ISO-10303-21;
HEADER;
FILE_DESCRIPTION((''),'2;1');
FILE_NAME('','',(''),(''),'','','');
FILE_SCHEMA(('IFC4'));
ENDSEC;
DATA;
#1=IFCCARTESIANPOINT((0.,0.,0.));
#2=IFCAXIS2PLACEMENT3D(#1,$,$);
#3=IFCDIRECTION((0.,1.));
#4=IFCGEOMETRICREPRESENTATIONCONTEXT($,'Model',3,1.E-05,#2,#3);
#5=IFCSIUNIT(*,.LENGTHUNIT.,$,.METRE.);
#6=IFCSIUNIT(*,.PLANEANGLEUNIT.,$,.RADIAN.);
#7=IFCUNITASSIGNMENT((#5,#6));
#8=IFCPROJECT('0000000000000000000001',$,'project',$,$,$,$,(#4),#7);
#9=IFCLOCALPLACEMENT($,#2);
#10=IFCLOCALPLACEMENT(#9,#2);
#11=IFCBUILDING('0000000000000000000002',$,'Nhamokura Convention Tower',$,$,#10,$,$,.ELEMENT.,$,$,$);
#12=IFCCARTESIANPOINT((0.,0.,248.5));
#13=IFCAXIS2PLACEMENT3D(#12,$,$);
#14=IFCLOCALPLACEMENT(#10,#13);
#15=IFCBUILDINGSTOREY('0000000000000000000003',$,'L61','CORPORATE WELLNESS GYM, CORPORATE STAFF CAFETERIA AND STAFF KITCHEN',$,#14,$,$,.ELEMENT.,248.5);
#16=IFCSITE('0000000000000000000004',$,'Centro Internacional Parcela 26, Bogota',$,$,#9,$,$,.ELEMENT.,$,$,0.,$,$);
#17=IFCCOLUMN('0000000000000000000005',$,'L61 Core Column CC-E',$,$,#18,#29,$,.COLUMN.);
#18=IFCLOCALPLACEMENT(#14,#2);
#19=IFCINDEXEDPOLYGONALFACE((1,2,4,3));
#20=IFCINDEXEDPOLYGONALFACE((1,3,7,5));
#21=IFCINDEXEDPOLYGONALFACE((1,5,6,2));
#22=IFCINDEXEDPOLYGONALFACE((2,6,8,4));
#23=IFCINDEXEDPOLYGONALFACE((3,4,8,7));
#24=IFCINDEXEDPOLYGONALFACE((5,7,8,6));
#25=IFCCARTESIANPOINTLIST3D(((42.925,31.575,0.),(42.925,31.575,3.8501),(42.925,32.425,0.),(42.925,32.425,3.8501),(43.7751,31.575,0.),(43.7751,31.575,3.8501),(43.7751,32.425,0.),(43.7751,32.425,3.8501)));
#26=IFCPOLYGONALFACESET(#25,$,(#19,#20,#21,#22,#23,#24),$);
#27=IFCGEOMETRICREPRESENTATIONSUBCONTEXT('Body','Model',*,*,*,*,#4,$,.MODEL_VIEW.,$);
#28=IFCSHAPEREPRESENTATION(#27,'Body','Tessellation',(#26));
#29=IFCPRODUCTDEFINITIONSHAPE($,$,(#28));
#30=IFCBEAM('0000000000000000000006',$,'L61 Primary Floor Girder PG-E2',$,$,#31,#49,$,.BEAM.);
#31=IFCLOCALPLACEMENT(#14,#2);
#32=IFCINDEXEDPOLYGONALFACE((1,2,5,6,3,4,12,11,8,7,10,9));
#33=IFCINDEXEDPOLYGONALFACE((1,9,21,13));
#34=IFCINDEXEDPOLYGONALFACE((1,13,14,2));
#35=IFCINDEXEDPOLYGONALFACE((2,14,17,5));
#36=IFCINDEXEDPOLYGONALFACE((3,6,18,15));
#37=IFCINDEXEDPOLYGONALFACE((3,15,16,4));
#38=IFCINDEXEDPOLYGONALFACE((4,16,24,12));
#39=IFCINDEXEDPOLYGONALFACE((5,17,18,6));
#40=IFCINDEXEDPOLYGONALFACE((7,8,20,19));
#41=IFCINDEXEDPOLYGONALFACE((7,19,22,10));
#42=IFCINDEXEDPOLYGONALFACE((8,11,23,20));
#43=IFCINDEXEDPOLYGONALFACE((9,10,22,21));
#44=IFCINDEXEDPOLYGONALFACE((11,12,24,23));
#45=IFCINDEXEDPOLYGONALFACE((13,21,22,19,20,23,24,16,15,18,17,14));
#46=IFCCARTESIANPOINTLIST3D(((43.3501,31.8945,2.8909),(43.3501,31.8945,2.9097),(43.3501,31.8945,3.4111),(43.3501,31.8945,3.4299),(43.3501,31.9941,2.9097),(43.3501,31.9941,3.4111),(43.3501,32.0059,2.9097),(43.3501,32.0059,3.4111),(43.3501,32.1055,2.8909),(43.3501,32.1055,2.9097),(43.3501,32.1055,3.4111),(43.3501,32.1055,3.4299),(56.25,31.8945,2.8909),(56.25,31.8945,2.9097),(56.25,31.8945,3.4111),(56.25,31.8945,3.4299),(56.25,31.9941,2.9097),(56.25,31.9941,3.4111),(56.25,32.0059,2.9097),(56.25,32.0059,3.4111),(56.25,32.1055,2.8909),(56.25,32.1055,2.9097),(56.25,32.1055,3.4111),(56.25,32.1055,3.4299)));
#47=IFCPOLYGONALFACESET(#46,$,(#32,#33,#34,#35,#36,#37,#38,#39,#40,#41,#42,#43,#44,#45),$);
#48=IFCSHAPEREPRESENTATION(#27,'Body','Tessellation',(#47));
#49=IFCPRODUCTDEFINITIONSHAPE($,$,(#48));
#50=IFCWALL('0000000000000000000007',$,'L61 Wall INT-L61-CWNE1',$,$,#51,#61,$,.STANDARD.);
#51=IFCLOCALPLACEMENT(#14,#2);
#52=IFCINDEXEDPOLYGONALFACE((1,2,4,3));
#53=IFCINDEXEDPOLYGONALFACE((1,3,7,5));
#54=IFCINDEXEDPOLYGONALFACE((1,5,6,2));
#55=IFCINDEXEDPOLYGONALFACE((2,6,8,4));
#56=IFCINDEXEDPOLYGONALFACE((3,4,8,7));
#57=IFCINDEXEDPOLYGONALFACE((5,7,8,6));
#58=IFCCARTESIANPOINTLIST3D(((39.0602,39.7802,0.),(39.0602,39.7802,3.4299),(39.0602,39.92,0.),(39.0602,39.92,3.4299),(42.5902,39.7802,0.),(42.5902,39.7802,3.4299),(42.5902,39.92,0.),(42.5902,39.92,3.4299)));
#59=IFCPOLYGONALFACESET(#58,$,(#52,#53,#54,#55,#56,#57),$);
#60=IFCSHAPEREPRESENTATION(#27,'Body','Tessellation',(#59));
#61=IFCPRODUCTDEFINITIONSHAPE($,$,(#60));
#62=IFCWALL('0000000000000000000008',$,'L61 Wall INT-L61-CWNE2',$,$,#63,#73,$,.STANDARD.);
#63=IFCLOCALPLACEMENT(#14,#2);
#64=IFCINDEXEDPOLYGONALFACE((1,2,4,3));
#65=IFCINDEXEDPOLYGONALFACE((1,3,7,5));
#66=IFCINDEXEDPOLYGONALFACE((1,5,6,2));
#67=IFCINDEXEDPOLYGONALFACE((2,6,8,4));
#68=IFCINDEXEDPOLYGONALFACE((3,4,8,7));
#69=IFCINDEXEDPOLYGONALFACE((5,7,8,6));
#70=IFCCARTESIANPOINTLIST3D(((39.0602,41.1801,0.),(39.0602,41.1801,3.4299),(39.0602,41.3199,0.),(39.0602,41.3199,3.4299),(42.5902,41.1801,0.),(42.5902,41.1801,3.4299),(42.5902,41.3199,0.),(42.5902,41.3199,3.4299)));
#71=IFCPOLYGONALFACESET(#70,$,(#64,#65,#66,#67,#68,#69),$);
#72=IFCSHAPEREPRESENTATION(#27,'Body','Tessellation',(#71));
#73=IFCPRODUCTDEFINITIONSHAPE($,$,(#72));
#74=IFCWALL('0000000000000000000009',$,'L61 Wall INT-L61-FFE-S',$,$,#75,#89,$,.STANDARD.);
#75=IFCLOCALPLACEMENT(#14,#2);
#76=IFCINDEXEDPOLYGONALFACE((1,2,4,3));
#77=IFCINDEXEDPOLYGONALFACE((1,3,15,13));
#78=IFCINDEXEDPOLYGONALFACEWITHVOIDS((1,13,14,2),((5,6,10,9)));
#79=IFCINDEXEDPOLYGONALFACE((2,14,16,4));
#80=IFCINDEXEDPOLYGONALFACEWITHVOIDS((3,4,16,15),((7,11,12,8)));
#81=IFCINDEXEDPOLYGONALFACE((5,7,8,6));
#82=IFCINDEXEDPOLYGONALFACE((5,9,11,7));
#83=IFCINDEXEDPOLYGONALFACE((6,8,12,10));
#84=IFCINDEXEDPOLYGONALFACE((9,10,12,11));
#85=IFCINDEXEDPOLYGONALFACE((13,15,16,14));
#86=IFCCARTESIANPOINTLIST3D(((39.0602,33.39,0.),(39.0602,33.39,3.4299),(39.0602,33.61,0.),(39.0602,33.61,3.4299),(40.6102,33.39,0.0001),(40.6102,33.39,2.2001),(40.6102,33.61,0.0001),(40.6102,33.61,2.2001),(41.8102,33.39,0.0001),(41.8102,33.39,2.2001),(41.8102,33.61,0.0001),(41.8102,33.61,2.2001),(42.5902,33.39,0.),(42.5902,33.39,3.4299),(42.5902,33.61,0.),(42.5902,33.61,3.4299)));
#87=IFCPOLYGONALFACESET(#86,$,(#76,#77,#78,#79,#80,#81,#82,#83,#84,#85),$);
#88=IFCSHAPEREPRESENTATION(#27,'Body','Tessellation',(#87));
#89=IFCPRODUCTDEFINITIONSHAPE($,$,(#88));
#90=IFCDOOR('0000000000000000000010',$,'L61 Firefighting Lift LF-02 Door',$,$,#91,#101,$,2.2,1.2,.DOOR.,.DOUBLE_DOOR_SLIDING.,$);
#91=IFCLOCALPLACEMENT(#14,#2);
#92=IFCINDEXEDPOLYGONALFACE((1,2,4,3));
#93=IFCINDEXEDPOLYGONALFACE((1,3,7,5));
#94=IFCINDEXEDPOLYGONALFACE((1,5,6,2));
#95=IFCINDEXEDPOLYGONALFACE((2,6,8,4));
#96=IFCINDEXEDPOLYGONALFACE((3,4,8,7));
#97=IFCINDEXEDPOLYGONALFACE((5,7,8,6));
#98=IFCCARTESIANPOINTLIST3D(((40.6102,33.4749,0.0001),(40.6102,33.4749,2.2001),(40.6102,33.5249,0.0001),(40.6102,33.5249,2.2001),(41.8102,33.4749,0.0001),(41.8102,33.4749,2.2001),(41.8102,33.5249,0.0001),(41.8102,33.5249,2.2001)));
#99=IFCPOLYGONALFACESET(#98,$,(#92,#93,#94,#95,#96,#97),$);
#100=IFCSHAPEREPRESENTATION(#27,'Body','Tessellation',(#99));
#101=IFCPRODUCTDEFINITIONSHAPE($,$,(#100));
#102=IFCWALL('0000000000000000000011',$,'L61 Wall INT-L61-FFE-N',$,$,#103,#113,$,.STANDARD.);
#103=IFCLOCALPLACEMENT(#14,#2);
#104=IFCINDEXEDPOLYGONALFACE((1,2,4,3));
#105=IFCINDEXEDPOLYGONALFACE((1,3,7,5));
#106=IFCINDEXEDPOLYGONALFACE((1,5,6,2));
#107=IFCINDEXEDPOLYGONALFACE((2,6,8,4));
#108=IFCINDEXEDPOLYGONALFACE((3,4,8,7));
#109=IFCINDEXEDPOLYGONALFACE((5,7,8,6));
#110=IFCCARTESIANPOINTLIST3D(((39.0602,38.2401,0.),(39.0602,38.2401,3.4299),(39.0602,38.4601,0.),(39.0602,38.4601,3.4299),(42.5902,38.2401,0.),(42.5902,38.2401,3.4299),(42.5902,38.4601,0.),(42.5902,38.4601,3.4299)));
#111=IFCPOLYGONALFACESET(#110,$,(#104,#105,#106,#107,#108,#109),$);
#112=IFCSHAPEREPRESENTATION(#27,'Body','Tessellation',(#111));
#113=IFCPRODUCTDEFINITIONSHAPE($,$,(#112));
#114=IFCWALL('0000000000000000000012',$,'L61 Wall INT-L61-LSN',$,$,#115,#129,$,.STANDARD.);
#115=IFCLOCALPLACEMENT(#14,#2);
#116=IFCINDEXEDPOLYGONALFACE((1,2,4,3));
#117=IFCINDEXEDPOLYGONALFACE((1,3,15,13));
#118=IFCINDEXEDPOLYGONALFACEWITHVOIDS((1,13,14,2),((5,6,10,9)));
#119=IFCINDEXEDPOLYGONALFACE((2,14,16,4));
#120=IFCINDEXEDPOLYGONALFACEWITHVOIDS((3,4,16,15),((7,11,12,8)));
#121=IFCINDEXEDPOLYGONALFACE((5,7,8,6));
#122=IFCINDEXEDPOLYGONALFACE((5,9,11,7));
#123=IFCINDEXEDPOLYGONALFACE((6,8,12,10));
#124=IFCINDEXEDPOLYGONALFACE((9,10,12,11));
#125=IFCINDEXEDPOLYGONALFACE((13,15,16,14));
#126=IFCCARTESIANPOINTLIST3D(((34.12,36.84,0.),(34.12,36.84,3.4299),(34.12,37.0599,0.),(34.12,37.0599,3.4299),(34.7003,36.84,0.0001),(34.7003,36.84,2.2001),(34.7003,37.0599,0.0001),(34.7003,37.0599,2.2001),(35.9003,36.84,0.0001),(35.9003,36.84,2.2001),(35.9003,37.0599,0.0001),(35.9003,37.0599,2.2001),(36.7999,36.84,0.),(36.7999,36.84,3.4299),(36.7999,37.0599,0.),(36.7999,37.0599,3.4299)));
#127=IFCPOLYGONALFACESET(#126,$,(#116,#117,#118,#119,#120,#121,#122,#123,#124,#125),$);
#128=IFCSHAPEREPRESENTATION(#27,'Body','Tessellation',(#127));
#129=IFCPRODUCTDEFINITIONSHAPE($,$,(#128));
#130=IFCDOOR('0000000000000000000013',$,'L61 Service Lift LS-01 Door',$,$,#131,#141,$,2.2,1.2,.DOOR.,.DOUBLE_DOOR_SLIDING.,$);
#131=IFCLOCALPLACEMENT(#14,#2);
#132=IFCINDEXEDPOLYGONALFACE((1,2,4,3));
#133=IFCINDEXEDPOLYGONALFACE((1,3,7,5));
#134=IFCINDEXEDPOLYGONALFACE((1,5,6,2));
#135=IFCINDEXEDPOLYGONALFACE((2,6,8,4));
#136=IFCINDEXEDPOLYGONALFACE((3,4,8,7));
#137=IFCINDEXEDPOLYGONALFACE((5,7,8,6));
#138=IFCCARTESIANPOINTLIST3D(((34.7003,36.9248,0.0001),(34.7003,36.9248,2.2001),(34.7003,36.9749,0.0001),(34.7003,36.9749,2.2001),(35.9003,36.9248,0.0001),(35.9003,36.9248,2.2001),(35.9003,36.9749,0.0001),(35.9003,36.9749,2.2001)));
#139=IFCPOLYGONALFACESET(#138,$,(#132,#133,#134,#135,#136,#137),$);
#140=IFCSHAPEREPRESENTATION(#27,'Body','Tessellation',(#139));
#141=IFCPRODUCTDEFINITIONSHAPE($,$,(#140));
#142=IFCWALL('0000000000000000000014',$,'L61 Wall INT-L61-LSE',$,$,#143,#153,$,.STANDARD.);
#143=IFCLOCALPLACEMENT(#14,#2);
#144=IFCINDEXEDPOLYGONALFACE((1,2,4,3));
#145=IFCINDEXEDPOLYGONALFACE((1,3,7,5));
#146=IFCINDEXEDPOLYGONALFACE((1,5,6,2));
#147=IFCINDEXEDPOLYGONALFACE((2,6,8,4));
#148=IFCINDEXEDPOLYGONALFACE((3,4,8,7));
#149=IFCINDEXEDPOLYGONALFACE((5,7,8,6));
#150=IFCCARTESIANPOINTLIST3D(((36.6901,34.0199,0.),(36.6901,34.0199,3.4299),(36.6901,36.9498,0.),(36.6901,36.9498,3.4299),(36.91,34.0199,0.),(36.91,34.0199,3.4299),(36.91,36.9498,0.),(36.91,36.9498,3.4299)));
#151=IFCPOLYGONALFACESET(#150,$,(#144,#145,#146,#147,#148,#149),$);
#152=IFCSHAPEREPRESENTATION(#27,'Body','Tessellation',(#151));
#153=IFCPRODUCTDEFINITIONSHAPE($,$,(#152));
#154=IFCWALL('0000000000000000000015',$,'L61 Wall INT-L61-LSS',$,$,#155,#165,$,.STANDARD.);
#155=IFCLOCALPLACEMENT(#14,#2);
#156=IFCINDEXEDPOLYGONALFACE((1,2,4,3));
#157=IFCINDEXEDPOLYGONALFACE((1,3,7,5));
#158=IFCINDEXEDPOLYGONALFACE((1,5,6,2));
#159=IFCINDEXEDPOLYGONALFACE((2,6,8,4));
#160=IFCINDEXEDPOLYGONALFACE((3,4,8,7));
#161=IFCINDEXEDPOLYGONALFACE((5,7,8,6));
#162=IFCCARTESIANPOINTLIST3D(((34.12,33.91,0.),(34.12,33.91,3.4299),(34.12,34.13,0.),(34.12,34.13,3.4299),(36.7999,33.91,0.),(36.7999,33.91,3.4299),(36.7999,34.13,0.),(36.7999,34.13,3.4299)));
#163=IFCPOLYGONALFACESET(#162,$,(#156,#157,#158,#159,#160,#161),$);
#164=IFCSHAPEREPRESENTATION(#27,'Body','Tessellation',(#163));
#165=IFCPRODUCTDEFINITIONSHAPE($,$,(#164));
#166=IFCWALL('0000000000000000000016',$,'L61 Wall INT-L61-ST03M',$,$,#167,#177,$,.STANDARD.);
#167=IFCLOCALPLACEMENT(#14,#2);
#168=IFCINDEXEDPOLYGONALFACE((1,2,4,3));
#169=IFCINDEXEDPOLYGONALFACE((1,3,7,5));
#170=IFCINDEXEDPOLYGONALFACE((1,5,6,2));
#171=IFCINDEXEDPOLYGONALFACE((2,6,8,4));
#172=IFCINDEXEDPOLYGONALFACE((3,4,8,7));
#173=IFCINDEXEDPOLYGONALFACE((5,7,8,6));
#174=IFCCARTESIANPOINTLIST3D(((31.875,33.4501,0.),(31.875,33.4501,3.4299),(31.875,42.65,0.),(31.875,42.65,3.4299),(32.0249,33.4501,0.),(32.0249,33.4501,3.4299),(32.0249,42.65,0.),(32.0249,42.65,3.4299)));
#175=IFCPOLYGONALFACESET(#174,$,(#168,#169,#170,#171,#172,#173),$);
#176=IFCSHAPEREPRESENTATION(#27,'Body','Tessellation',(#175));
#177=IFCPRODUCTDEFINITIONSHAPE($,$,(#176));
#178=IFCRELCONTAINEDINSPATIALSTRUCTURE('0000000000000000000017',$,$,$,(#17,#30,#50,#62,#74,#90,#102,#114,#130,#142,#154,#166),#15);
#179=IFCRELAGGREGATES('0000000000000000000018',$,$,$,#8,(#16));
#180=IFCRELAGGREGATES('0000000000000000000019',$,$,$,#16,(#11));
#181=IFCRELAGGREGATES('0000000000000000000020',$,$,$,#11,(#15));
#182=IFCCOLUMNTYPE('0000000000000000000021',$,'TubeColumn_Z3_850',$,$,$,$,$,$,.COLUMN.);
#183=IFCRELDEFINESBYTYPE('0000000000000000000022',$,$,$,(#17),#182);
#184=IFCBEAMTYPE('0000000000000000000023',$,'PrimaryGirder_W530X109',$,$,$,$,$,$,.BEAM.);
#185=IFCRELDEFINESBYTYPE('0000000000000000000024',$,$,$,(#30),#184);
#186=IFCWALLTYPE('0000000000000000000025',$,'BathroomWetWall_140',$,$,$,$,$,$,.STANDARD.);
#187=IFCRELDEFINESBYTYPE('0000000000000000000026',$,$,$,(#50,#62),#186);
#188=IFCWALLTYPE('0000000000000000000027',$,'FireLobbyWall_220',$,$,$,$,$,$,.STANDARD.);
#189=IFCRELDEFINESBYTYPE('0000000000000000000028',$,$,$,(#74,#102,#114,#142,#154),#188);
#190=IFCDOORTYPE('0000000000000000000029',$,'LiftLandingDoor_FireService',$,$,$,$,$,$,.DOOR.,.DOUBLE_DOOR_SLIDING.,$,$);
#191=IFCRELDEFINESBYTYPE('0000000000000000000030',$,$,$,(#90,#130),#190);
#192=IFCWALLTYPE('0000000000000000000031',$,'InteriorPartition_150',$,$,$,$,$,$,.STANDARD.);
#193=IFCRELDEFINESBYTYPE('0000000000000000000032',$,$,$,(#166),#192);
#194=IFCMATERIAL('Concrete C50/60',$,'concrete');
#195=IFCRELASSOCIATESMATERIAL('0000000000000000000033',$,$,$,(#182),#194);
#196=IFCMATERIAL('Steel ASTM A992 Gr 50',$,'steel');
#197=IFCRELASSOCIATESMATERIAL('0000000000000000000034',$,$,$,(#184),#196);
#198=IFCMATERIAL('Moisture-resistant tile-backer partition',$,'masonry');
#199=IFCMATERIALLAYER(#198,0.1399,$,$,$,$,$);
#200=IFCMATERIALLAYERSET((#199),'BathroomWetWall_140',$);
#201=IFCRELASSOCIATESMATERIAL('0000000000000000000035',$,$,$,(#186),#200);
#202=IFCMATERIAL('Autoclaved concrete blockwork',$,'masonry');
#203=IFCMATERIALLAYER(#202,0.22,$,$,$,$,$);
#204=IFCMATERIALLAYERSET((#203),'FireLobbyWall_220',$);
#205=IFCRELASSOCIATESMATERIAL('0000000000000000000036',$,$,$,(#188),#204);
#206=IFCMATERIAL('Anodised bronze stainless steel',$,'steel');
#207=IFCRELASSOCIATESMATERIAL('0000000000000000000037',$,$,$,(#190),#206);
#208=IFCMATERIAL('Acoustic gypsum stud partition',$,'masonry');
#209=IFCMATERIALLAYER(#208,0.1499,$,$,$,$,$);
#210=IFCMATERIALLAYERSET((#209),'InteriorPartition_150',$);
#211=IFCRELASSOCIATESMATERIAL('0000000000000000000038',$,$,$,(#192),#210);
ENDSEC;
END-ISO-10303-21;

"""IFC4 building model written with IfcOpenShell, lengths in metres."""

from ifc_helpers import new_model, si_unit, direction, frame, frame_2d, origin, origin_2d, place, context, subcontext, project, spatial, rectangle, i_section, extrude, material, layer, layer_set, material_profile, profile_set, type_object, element, fill, save


model = new_model("IFC4")

# Units and contexts
model_context = context("Model", 3, precision=1e-05, world=origin(), true_north=direction((0.0, 1.0)))
body_context = subcontext(model_context, "Body", "Model", "MODEL_VIEW")
ifc_project = project(units=[si_unit("LENGTHUNIT", "METRE"), si_unit("PLANEANGLEUNIT", "RADIAN")], contexts=[model_context])

# Site, building, storey
site_placement = place(None, origin())
site = spatial("IfcSite", under=ifc_project, at=site_placement, Name="Centro Internacional Parcela 26, Bogota", CompositionType="ELEMENT", RefElevation=0.0)
building_placement = place(site_placement, origin())
building = spatial("IfcBuilding", under=site, at=building_placement, Name="Nhamokura Convention Tower", CompositionType="ELEMENT")
storey_placement = place(building_placement, frame((0.0, 0.0, 248.5)))
storey = spatial("IfcBuildingStorey", under=building, at=storey_placement, Name="L61", Description="CORPORATE WELLNESS GYM, CORPORATE STAFF CAFETERIA AND STAFF KITCHEN", CompositionType="ELEMENT", Elevation=248.5)

# Column
ifc_material_1 = material(Name="Concrete C50/60", Category="concrete")
ifc_material_profile_1 = material_profile(ifc_material_1, rectangle(XDim=0.8501, YDim=0.8501, at=origin_2d()))
ifc_profile_set_1 = profile_set([ifc_material_profile_1], Name="Concrete C50/60")
column_type = type_object("IfcColumnType", Name="TubeColumn_Z3_850", PredefinedType="COLUMN", material=ifc_profile_set_1)
column_placement = place(storey_placement, frame((43.3501, 32.0, 0.0), z_axis=(0.0, 0.0, 1.0), x_axis=(1.0, 0.0, 0.0)))
element("IfcColumn", 1, at=column_placement, inside=storey, type_object=column_type, Name="L61 Core Column CC-E", PredefinedType="COLUMN", context=body_context, shape_type="SweptSolid", body=[
    extrude(rectangle(XDim=0.8501, YDim=0.8501, at=origin_2d()), origin(), (0.0, 0.0, 1.0), 3.8501),
])

# Beam
ifc_material_2 = material(Name="Steel ASTM A992 Gr 50", Category="steel")
ifc_material_profile_2 = material_profile(ifc_material_2, i_section(OverallWidth=0.2109, OverallDepth=0.5391, WebThickness=0.0117, FlangeThickness=0.0188, at=origin_2d()))
ifc_profile_set_2 = profile_set([ifc_material_profile_2], Name="Steel ASTM A992 Gr 50")
beam_type = type_object("IfcBeamType", Name="PrimaryGirder_W530X109", PredefinedType="BEAM", material=ifc_profile_set_2)
beam_placement = place(storey_placement, frame((43.3501, 32.0, 3.1604), z_axis=(1.0, 0.0, 0.0), x_axis=(0.0, 1.0, 0.0)))
element("IfcBeam", 2, at=beam_placement, inside=storey, type_object=beam_type, Name="L61 Primary Floor Girder PG-E2", PredefinedType="BEAM", context=body_context, shape_type="SweptSolid", body=[
    extrude(i_section(OverallWidth=0.2109, OverallDepth=0.5391, WebThickness=0.0117, FlangeThickness=0.0188, at=origin_2d()), origin(), (0.0, 0.0, 1.0), 12.8999),
])

# Walls
ifc_material_3 = material(Name="Moisture-resistant tile-backer partition", Category="masonry")
ifc_layer_1 = layer(ifc_material_3, 0.1399)
ifc_layer_set_1 = layer_set([ifc_layer_1], Name="BathroomWetWall_140")
wall_type_1 = type_object("IfcWallType", Name="BathroomWetWall_140", PredefinedType="STANDARD", material=ifc_layer_set_1)
for number, where, z_axis, x_axis, name in (
    (3, (39.0601, 39.8501, 0.0), (0.0, 0.0, 1.0), (1.0, 0.0, 0.0), "L61 Wall INT-L61-CWNE1"),
    (4, (39.0601, 41.25, 0.0), (0.0, 0.0, 1.0), (1.0, 0.0, 0.0), "L61 Wall INT-L61-CWNE2"),
):
    element("IfcWall", number, at=place(storey_placement, frame(where, z_axis=z_axis, x_axis=x_axis)), inside=storey, type_object=wall_type_1, Name=name, PredefinedType="STANDARD", context=body_context, shape_type="SweptSolid", body=[
        extrude(rectangle(XDim=3.53, YDim=0.1399, at=frame_2d((1.7651, 0.0))), origin(), (0.0, 0.0, 1.0), 3.4299),
    ])

# Wall, opening, door
ifc_material_4 = material(Name="Autoclaved concrete blockwork", Category="masonry")
ifc_layer_2 = layer(ifc_material_4, 0.22)
ifc_layer_set_2 = layer_set([ifc_layer_2], Name="FireLobbyWall_220")
wall_type_2 = type_object("IfcWallType", Name="FireLobbyWall_220", PredefinedType="STANDARD", material=ifc_layer_set_2)
wall_1_placement = place(storey_placement, frame((39.0601, 33.5, 0.0), z_axis=(0.0, 0.0, 1.0), x_axis=(1.0, 0.0, 0.0)))
wall_1 = element("IfcWall", 5, at=wall_1_placement, inside=storey, type_object=wall_type_2, Name="L61 Wall INT-L61-FFE-S", PredefinedType="STANDARD", context=body_context, shape_type="SweptSolid", body=[
    extrude(rectangle(XDim=3.53, YDim=0.22, at=frame_2d((1.7651, 0.0))), origin(), (0.0, 0.0, 1.0), 3.4299),
])
opening_1_placement = place(wall_1_placement, frame((1.55, 0.0, 0.0)))
opening_1 = element("IfcOpeningElement", 6, at=opening_1_placement, cuts=wall_1, PredefinedType="OPENING", context=body_context, shape_type="SweptSolid", body=[
    extrude(rectangle(XDim=1.2, YDim=2.2, at=frame_2d((0.6001, 1.1001))), frame((0.0, 0.1199, 0.0), z_axis=(0.0, -1.0, 0.0), x_axis=(1.0, 0.0, 0.0)), (0.0, 0.0, 1.0), 0.24),
])
ifc_material_5 = material(Name="Anodised bronze stainless steel", Category="steel")
door_type_1 = type_object("IfcDoorType", Name="LiftLandingDoor_FireService", OperationType="DOUBLE_DOOR_SLIDING", PredefinedType="DOOR", material=ifc_material_5)
door_1_placement = place(opening_1_placement, origin())
door_1 = element("IfcDoor", 7, at=door_1_placement, inside=storey, type_object=door_type_1, Name="L61 Firefighting Lift LF-02 Door", OperationType="DOUBLE_DOOR_SLIDING", OverallHeight=2.2, OverallWidth=1.2, PredefinedType="DOOR", context=body_context, shape_type="SweptSolid", body=[
    extrude(rectangle(XDim=1.2, YDim=2.2, at=frame_2d((0.6001, 1.1001))), frame((0.0, 0.0249, 0.0), z_axis=(0.0, -1.0, 0.0), x_axis=(1.0, 0.0, 0.0)), (0.0, 0.0, 1.0), 0.05),
])
fill(opening_1, door_1)

# Wall
wall_2_placement = place(storey_placement, frame((39.0601, 38.3501, 0.0), z_axis=(0.0, 0.0, 1.0), x_axis=(1.0, 0.0, 0.0)))
element("IfcWall", 8, at=wall_2_placement, inside=storey, type_object=wall_type_2, Name="L61 Wall INT-L61-FFE-N", PredefinedType="STANDARD", context=body_context, shape_type="SweptSolid", body=[
    extrude(rectangle(XDim=3.53, YDim=0.22, at=frame_2d((1.7651, 0.0))), origin(), (0.0, 0.0, 1.0), 3.4299),
])

# Wall, opening, door
wall_3_placement = place(storey_placement, frame((34.1201, 36.95, 0.0), z_axis=(0.0, 0.0, 1.0), x_axis=(1.0, 0.0, 0.0)))
wall_3 = element("IfcWall", 9, at=wall_3_placement, inside=storey, type_object=wall_type_2, Name="L61 Wall INT-L61-LSN", PredefinedType="STANDARD", context=body_context, shape_type="SweptSolid", body=[
    extrude(rectangle(XDim=2.6799, YDim=0.22, at=frame_2d((1.3398, 0.0))), origin(), (0.0, 0.0, 1.0), 3.4299),
])
opening_2_placement = place(wall_3_placement, frame((0.5801, 0.0, 0.0)))
opening_2 = element("IfcOpeningElement", 10, at=opening_2_placement, cuts=wall_3, PredefinedType="OPENING", context=body_context, shape_type="SweptSolid", body=[
    extrude(rectangle(XDim=1.2, YDim=2.2, at=frame_2d((0.6001, 1.1001))), frame((0.0, 0.1199, 0.0), z_axis=(0.0, -1.0, 0.0), x_axis=(1.0, 0.0, 0.0)), (0.0, 0.0, 1.0), 0.24),
])
door_2_placement = place(opening_2_placement, origin())
door_2 = element("IfcDoor", 11, at=door_2_placement, inside=storey, type_object=door_type_1, Name="L61 Service Lift LS-01 Door", OperationType="DOUBLE_DOOR_SLIDING", OverallHeight=2.2, OverallWidth=1.2, PredefinedType="DOOR", context=body_context, shape_type="SweptSolid", body=[
    extrude(rectangle(XDim=1.2, YDim=2.2, at=frame_2d((0.6001, 1.1001))), frame((0.0, 0.0249, 0.0), z_axis=(0.0, -1.0, 0.0), x_axis=(1.0, 0.0, 0.0)), (0.0, 0.0, 1.0), 0.05),
])
fill(opening_2, door_2)

# Walls
wall_4_placement = place(storey_placement, frame((36.8, 34.02, 0.0), z_axis=(0.0, 0.0, 1.0), x_axis=(0.0, 1.0, 0.0)))
element("IfcWall", 12, at=wall_4_placement, inside=storey, type_object=wall_type_2, Name="L61 Wall INT-L61-LSE", PredefinedType="STANDARD", context=body_context, shape_type="SweptSolid", body=[
    extrude(rectangle(XDim=2.9299, YDim=0.22, at=frame_2d((1.4648, 0.0))), origin(), (0.0, 0.0, 1.0), 3.4299),
])
wall_5_placement = place(storey_placement, frame((34.1201, 34.02, 0.0), z_axis=(0.0, 0.0, 1.0), x_axis=(1.0, 0.0, 0.0)))
element("IfcWall", 13, at=wall_5_placement, inside=storey, type_object=wall_type_2, Name="L61 Wall INT-L61-LSS", PredefinedType="STANDARD", context=body_context, shape_type="SweptSolid", body=[
    extrude(rectangle(XDim=2.6799, YDim=0.22, at=frame_2d((1.3398, 0.0))), origin(), (0.0, 0.0, 1.0), 3.4299),
])
ifc_material_6 = material(Name="Acoustic gypsum stud partition", Category="masonry")
ifc_layer_3 = layer(ifc_material_6, 0.1499)
ifc_layer_set_3 = layer_set([ifc_layer_3], Name="InteriorPartition_150")
wall_type_3 = type_object("IfcWallType", Name="InteriorPartition_150", PredefinedType="STANDARD", material=ifc_layer_set_3)
for number, where, z_axis, x_axis, name in (
    (14, (31.95, 33.45, 0.0), (0.0, 0.0, 1.0), (0.0, 1.0, 0.0), "L61 Wall INT-L61-ST03M"),
):
    element("IfcWall", number, at=place(storey_placement, frame(where, z_axis=z_axis, x_axis=x_axis)), inside=storey, type_object=wall_type_3, Name=name, PredefinedType="STANDARD", context=body_context, shape_type="SweptSolid", body=[
        extrude(rectangle(XDim=9.2, YDim=0.1499, at=frame_2d((4.6001, 0.0))), origin(), (0.0, 0.0, 1.0), 3.4299),
    ])

save(model, "model.ifc")
